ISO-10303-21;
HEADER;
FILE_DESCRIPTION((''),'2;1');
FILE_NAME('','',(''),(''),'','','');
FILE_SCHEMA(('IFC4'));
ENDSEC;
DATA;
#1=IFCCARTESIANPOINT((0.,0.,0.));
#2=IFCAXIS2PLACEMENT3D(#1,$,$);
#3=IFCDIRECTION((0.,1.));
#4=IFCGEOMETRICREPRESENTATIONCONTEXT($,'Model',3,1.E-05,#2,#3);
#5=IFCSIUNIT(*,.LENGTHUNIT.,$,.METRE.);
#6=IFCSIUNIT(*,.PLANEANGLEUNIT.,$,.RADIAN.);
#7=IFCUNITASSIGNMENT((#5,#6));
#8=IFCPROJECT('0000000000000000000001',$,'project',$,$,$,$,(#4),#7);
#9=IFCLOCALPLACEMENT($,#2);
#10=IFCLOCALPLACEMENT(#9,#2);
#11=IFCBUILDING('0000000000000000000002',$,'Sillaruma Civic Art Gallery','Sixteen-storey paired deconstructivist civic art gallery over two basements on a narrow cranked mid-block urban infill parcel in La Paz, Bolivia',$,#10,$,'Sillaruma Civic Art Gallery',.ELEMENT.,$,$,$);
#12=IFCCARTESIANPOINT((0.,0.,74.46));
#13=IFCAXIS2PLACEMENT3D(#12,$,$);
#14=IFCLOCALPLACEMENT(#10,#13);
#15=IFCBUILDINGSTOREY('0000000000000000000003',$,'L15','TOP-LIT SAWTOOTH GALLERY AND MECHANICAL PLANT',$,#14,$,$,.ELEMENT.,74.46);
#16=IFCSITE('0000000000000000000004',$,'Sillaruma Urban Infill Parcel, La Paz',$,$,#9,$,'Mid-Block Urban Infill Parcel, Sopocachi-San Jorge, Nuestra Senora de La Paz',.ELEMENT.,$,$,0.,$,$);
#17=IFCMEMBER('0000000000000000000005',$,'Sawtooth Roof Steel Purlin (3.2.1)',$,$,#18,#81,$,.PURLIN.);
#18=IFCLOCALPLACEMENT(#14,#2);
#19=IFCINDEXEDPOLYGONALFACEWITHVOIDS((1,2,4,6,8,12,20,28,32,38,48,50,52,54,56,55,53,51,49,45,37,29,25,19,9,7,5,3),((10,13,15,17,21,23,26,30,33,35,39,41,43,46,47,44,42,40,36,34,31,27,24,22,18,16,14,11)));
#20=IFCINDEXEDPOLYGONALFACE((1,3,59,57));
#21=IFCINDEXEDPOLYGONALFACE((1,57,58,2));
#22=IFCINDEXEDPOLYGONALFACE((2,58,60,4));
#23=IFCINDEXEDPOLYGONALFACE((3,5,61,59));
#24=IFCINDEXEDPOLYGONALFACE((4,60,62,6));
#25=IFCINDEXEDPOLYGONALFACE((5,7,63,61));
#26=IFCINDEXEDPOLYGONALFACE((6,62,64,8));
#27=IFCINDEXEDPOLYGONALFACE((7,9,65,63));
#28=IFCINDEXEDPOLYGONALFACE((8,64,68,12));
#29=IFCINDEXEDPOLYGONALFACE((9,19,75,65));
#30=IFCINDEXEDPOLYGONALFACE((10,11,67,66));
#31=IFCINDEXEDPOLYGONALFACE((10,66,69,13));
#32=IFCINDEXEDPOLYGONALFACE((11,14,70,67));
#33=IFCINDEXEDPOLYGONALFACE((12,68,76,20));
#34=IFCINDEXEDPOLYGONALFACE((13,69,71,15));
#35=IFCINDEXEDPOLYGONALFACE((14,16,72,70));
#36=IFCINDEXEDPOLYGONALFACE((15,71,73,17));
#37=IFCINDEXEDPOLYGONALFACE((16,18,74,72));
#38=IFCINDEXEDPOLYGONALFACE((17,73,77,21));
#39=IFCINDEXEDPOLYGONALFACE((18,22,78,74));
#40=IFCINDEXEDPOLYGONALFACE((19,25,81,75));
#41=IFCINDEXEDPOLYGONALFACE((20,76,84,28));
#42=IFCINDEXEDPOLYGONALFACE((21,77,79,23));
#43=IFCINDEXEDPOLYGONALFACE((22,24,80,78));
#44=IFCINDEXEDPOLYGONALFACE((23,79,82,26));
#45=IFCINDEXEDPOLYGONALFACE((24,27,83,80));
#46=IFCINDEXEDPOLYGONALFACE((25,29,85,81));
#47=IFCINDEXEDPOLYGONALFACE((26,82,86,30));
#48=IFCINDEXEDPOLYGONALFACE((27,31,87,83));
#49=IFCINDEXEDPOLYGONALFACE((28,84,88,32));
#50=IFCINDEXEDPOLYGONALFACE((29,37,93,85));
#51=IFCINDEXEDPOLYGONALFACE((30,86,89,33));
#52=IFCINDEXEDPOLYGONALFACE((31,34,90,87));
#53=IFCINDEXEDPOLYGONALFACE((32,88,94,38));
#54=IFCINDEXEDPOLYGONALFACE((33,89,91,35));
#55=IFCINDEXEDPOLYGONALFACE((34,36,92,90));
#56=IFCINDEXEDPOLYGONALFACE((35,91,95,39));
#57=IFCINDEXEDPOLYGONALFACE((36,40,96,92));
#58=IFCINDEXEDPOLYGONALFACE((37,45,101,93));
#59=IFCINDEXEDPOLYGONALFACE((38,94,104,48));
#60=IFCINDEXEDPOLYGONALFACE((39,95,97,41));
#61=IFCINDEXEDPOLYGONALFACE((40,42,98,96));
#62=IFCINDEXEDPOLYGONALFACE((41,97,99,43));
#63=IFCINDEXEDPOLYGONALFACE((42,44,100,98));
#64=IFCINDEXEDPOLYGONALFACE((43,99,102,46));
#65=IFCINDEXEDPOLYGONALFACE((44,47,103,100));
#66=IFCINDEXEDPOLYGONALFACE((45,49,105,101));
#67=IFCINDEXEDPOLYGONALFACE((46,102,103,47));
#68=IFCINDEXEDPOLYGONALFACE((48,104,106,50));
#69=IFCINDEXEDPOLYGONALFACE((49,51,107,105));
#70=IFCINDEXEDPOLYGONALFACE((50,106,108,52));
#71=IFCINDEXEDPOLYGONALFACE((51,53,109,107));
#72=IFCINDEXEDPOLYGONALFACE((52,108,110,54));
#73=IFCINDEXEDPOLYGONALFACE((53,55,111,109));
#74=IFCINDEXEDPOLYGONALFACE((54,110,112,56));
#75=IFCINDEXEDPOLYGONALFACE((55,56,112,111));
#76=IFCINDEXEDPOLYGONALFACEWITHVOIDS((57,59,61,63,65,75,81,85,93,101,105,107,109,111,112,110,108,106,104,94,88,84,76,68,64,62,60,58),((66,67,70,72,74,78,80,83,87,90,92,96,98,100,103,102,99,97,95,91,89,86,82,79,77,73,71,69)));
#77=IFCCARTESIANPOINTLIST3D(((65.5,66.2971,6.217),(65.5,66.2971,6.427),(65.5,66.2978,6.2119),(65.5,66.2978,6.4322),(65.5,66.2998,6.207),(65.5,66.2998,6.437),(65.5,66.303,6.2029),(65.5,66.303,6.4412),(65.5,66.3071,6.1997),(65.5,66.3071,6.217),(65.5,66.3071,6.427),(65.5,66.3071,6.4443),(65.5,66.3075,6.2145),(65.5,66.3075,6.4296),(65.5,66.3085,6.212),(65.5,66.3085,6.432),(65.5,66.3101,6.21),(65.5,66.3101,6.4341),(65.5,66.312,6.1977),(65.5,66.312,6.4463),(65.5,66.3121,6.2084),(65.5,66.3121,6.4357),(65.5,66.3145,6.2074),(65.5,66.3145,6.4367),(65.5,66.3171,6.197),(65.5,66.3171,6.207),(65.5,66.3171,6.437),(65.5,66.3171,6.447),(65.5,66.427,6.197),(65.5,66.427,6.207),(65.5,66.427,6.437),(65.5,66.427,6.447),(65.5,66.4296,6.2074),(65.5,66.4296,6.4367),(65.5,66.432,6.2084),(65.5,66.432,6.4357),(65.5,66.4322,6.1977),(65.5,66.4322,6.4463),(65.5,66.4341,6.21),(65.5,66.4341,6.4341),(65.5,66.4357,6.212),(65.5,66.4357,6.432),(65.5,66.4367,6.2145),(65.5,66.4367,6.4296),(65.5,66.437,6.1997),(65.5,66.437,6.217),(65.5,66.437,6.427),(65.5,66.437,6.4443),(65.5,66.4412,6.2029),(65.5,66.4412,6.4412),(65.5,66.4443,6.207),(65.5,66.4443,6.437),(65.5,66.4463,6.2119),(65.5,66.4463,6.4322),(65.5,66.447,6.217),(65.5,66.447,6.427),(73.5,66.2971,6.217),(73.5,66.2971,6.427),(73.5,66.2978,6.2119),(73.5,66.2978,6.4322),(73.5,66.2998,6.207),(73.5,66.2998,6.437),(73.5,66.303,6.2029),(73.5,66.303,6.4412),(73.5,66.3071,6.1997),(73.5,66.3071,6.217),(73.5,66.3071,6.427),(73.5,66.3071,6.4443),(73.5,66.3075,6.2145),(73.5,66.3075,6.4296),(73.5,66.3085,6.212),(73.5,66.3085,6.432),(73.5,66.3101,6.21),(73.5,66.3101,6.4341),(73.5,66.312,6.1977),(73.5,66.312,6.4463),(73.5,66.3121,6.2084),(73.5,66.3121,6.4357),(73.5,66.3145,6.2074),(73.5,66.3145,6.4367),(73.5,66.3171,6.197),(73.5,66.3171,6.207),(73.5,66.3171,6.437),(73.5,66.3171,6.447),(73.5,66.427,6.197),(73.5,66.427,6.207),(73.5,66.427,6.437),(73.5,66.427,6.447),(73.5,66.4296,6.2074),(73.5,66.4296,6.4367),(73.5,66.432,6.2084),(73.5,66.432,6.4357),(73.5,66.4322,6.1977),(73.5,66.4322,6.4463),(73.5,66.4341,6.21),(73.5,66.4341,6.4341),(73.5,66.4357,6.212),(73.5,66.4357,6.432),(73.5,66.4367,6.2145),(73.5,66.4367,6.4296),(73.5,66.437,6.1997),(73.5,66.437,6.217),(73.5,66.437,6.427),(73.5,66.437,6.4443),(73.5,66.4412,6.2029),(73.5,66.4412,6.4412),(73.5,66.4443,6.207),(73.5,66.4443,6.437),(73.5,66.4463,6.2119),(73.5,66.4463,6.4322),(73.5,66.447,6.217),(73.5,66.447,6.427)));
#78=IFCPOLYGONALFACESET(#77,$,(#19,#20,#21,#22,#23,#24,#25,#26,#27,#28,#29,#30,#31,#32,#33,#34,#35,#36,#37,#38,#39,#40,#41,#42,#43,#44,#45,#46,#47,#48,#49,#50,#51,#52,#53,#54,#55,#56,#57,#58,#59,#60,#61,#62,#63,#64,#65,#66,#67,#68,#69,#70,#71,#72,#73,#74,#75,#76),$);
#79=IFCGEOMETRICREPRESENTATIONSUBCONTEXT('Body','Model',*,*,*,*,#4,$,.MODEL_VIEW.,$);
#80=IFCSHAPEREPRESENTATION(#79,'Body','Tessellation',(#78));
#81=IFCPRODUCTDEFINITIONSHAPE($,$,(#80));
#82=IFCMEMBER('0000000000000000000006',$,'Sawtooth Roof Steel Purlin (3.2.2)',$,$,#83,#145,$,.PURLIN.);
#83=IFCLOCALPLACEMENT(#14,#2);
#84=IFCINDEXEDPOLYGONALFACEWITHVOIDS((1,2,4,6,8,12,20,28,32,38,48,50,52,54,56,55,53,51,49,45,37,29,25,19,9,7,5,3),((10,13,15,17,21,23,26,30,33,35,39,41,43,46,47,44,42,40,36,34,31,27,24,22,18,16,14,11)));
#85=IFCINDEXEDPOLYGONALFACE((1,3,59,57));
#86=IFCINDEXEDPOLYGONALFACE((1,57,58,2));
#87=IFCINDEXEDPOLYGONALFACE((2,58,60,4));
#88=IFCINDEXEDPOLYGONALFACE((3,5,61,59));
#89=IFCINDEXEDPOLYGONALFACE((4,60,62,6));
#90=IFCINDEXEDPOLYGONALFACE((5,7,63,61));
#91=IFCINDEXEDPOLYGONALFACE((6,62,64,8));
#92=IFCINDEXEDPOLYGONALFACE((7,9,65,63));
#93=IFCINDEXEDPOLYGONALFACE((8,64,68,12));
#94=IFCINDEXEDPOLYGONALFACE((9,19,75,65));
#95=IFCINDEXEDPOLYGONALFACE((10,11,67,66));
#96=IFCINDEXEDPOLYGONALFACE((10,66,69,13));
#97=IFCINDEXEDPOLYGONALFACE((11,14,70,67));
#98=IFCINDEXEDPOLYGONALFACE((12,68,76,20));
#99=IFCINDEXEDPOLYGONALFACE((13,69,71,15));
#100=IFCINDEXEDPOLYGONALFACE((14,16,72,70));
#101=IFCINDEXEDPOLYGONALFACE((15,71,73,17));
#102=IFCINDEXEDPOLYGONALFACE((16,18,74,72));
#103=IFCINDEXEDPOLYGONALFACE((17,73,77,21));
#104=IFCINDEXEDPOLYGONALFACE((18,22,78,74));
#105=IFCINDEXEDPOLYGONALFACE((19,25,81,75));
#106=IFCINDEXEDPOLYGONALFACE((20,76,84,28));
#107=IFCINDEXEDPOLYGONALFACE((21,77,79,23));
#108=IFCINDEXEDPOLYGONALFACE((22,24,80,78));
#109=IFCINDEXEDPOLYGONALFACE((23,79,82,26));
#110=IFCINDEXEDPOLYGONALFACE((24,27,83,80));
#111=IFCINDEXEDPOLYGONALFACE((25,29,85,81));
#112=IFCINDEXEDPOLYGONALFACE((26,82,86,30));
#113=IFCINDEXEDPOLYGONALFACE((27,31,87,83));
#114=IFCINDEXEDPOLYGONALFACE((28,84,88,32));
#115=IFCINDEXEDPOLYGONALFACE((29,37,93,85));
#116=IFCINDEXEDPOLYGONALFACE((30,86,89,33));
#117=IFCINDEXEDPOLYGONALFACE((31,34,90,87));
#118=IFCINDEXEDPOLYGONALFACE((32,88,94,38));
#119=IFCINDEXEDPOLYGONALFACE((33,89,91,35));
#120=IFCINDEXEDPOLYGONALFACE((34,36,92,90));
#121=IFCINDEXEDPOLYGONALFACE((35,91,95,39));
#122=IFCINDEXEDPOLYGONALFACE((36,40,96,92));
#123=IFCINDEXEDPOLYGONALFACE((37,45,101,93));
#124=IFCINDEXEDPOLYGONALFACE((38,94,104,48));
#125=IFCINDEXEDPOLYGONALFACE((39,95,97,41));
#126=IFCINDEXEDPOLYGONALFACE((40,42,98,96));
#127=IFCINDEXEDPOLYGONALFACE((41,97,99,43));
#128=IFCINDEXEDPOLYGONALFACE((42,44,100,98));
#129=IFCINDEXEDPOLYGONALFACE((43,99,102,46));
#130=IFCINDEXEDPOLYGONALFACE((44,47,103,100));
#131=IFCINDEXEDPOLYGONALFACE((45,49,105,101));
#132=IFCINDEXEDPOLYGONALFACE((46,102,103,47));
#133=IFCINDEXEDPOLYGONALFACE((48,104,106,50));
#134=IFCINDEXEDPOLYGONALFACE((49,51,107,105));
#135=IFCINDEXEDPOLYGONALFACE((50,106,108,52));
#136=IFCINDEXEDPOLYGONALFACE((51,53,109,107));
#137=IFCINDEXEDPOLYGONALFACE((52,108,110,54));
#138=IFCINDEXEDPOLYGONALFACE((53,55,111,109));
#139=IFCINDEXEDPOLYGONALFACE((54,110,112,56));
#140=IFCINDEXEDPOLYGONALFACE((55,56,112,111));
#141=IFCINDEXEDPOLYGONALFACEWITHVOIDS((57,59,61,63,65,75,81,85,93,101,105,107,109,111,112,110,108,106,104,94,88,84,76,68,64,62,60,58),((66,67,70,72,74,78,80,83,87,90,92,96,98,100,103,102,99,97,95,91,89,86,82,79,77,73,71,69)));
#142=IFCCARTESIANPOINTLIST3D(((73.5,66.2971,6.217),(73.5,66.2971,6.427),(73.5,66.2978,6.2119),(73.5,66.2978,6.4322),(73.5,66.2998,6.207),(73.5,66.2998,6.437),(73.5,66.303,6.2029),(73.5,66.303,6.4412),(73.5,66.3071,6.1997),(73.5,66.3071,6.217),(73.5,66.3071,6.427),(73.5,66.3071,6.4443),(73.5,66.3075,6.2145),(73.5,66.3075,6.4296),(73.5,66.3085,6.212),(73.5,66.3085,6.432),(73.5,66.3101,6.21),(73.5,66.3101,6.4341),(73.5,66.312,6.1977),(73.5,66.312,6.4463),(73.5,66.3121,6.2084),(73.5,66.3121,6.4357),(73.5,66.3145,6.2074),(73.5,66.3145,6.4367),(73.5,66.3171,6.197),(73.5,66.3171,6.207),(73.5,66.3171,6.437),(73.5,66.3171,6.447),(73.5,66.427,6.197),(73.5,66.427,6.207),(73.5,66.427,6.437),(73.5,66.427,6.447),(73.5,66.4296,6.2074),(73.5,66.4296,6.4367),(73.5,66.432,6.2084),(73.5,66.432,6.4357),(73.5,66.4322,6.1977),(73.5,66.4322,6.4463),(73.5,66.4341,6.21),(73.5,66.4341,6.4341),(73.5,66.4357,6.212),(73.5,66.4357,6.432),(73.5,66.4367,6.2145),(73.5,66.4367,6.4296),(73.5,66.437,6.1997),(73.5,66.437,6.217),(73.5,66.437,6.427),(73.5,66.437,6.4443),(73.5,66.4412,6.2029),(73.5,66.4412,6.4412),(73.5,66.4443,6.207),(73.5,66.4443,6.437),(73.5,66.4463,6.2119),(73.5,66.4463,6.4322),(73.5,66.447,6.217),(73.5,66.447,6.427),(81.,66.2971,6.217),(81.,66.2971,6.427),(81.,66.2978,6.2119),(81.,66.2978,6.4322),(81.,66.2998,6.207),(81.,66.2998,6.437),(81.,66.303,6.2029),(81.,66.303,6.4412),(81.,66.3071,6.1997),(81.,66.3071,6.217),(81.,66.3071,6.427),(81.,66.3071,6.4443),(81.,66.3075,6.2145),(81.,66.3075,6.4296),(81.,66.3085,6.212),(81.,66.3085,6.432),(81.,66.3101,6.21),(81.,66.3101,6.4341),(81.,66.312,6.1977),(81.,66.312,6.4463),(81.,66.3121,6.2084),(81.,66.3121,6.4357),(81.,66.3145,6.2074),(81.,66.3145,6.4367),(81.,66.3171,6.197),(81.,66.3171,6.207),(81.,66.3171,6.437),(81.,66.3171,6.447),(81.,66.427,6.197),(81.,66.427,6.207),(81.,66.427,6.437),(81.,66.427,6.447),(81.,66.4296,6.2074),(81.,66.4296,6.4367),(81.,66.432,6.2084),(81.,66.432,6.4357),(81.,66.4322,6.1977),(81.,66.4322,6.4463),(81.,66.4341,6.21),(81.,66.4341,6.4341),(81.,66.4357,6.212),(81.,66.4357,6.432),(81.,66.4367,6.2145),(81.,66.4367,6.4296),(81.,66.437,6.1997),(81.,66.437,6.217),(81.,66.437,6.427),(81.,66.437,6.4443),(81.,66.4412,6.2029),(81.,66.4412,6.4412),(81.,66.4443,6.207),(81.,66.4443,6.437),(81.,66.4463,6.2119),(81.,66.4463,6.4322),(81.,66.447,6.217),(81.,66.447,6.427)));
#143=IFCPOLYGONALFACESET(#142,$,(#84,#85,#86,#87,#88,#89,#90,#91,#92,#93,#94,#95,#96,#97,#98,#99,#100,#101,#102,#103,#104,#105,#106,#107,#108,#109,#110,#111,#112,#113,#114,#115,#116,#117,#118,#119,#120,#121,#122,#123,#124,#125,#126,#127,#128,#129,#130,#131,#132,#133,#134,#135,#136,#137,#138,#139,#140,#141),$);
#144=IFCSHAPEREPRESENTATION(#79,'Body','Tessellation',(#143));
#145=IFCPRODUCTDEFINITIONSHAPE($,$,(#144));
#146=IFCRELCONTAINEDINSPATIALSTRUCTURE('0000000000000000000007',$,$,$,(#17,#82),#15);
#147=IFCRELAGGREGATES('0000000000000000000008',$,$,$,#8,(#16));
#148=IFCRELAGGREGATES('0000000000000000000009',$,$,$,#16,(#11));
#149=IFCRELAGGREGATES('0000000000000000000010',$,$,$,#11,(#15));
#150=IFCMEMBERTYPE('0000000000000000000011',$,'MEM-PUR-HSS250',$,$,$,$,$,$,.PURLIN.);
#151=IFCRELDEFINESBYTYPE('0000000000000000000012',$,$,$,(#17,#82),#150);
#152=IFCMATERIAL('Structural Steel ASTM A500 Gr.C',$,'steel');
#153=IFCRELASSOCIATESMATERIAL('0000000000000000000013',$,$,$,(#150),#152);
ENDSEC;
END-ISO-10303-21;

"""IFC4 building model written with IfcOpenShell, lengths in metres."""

from ifc_helpers import new_model, si_unit, direction, frame, origin, origin_2d, place, context, subcontext, project, spatial, hollow_rectangle, extrude, material, material_profile, profile_set, type_object, element, save


model = new_model("IFC4")

# Units and contexts
model_context = context("Model", 3, precision=1e-05, world=origin(), true_north=direction((0.0, 1.0)))
body_context = subcontext(model_context, "Body", "Model", "MODEL_VIEW")
ifc_project = project(units=[si_unit("LENGTHUNIT", "METRE"), si_unit("PLANEANGLEUNIT", "RADIAN")], contexts=[model_context])

# Site, building, storey
site_placement = place(None, origin())
site = spatial("IfcSite", under=ifc_project, at=site_placement, Name="Sillaruma Urban Infill Parcel, La Paz", LongName="Mid-Block Urban Infill Parcel, Sopocachi-San Jorge, Nuestra Senora de La Paz", CompositionType="ELEMENT", RefElevation=0.0)
building_placement = place(site_placement, origin())
building = spatial("IfcBuilding", under=site, at=building_placement, Name="Sillaruma Civic Art Gallery", Description="Sixteen-storey paired deconstructivist civic art gallery over two basements on a narrow cranked mid-block urban infill parcel in La Paz, Bolivia", LongName="Sillaruma Civic Art Gallery", CompositionType="ELEMENT")
storey_placement = place(building_placement, frame((0.0, 0.0, 74.46)))
storey = spatial("IfcBuildingStorey", under=building, at=storey_placement, Name="L15", Description="TOP-LIT SAWTOOTH GALLERY AND MECHANICAL PLANT", CompositionType="ELEMENT", Elevation=74.46)

# Shared definitions
ifc_material_1 = material(Name="Structural Steel ASTM A500 Gr.C", Category="steel")

# Members
ifc_material_profile_1 = material_profile(ifc_material_1, hollow_rectangle(XDim=0.1499, YDim=0.25, WallThickness=0.01, InnerFilletRadius=0.01, OuterFilletRadius=0.02, at=origin_2d()), Name="HSS250x150x10")
ifc_profile_set_1 = profile_set([ifc_material_profile_1], Name="Structural Steel ASTM A500 Gr.C")
member_type_1 = type_object("IfcMemberType", Name="MEM-PUR-HSS250", PredefinedType="PURLIN", material=ifc_profile_set_1)
member_1_placement = place(storey_placement, frame((65.5, 66.3721, 6.322), z_axis=(1.0, 0.0, 0.0), x_axis=(0.0, 1.0, 0.0)))
element("IfcMember", 1, at=member_1_placement, inside=storey, type_object=member_type_1, Name="Sawtooth Roof Steel Purlin (3.2.1)", PredefinedType="PURLIN", context=body_context, shape_type="SweptSolid", body=[
    extrude(hollow_rectangle(XDim=0.1499, YDim=0.25, WallThickness=0.01, InnerFilletRadius=0.01, OuterFilletRadius=0.02, at=origin_2d()), origin(), (0.0, 0.0, 1.0), 8.0),
])
member_2_placement = place(storey_placement, frame((73.5, 66.3721, 6.322), z_axis=(1.0, 0.0, 0.0), x_axis=(0.0, 1.0, 0.0)))
element("IfcMember", 2, at=member_2_placement, inside=storey, type_object=member_type_1, Name="Sawtooth Roof Steel Purlin (3.2.2)", PredefinedType="PURLIN", context=body_context, shape_type="SweptSolid", body=[
    extrude(hollow_rectangle(XDim=0.1499, YDim=0.25, WallThickness=0.01, InnerFilletRadius=0.01, OuterFilletRadius=0.02, at=origin_2d()), origin(), (0.0, 0.0, 1.0), 7.5),
])

save(model, "model.ifc")
